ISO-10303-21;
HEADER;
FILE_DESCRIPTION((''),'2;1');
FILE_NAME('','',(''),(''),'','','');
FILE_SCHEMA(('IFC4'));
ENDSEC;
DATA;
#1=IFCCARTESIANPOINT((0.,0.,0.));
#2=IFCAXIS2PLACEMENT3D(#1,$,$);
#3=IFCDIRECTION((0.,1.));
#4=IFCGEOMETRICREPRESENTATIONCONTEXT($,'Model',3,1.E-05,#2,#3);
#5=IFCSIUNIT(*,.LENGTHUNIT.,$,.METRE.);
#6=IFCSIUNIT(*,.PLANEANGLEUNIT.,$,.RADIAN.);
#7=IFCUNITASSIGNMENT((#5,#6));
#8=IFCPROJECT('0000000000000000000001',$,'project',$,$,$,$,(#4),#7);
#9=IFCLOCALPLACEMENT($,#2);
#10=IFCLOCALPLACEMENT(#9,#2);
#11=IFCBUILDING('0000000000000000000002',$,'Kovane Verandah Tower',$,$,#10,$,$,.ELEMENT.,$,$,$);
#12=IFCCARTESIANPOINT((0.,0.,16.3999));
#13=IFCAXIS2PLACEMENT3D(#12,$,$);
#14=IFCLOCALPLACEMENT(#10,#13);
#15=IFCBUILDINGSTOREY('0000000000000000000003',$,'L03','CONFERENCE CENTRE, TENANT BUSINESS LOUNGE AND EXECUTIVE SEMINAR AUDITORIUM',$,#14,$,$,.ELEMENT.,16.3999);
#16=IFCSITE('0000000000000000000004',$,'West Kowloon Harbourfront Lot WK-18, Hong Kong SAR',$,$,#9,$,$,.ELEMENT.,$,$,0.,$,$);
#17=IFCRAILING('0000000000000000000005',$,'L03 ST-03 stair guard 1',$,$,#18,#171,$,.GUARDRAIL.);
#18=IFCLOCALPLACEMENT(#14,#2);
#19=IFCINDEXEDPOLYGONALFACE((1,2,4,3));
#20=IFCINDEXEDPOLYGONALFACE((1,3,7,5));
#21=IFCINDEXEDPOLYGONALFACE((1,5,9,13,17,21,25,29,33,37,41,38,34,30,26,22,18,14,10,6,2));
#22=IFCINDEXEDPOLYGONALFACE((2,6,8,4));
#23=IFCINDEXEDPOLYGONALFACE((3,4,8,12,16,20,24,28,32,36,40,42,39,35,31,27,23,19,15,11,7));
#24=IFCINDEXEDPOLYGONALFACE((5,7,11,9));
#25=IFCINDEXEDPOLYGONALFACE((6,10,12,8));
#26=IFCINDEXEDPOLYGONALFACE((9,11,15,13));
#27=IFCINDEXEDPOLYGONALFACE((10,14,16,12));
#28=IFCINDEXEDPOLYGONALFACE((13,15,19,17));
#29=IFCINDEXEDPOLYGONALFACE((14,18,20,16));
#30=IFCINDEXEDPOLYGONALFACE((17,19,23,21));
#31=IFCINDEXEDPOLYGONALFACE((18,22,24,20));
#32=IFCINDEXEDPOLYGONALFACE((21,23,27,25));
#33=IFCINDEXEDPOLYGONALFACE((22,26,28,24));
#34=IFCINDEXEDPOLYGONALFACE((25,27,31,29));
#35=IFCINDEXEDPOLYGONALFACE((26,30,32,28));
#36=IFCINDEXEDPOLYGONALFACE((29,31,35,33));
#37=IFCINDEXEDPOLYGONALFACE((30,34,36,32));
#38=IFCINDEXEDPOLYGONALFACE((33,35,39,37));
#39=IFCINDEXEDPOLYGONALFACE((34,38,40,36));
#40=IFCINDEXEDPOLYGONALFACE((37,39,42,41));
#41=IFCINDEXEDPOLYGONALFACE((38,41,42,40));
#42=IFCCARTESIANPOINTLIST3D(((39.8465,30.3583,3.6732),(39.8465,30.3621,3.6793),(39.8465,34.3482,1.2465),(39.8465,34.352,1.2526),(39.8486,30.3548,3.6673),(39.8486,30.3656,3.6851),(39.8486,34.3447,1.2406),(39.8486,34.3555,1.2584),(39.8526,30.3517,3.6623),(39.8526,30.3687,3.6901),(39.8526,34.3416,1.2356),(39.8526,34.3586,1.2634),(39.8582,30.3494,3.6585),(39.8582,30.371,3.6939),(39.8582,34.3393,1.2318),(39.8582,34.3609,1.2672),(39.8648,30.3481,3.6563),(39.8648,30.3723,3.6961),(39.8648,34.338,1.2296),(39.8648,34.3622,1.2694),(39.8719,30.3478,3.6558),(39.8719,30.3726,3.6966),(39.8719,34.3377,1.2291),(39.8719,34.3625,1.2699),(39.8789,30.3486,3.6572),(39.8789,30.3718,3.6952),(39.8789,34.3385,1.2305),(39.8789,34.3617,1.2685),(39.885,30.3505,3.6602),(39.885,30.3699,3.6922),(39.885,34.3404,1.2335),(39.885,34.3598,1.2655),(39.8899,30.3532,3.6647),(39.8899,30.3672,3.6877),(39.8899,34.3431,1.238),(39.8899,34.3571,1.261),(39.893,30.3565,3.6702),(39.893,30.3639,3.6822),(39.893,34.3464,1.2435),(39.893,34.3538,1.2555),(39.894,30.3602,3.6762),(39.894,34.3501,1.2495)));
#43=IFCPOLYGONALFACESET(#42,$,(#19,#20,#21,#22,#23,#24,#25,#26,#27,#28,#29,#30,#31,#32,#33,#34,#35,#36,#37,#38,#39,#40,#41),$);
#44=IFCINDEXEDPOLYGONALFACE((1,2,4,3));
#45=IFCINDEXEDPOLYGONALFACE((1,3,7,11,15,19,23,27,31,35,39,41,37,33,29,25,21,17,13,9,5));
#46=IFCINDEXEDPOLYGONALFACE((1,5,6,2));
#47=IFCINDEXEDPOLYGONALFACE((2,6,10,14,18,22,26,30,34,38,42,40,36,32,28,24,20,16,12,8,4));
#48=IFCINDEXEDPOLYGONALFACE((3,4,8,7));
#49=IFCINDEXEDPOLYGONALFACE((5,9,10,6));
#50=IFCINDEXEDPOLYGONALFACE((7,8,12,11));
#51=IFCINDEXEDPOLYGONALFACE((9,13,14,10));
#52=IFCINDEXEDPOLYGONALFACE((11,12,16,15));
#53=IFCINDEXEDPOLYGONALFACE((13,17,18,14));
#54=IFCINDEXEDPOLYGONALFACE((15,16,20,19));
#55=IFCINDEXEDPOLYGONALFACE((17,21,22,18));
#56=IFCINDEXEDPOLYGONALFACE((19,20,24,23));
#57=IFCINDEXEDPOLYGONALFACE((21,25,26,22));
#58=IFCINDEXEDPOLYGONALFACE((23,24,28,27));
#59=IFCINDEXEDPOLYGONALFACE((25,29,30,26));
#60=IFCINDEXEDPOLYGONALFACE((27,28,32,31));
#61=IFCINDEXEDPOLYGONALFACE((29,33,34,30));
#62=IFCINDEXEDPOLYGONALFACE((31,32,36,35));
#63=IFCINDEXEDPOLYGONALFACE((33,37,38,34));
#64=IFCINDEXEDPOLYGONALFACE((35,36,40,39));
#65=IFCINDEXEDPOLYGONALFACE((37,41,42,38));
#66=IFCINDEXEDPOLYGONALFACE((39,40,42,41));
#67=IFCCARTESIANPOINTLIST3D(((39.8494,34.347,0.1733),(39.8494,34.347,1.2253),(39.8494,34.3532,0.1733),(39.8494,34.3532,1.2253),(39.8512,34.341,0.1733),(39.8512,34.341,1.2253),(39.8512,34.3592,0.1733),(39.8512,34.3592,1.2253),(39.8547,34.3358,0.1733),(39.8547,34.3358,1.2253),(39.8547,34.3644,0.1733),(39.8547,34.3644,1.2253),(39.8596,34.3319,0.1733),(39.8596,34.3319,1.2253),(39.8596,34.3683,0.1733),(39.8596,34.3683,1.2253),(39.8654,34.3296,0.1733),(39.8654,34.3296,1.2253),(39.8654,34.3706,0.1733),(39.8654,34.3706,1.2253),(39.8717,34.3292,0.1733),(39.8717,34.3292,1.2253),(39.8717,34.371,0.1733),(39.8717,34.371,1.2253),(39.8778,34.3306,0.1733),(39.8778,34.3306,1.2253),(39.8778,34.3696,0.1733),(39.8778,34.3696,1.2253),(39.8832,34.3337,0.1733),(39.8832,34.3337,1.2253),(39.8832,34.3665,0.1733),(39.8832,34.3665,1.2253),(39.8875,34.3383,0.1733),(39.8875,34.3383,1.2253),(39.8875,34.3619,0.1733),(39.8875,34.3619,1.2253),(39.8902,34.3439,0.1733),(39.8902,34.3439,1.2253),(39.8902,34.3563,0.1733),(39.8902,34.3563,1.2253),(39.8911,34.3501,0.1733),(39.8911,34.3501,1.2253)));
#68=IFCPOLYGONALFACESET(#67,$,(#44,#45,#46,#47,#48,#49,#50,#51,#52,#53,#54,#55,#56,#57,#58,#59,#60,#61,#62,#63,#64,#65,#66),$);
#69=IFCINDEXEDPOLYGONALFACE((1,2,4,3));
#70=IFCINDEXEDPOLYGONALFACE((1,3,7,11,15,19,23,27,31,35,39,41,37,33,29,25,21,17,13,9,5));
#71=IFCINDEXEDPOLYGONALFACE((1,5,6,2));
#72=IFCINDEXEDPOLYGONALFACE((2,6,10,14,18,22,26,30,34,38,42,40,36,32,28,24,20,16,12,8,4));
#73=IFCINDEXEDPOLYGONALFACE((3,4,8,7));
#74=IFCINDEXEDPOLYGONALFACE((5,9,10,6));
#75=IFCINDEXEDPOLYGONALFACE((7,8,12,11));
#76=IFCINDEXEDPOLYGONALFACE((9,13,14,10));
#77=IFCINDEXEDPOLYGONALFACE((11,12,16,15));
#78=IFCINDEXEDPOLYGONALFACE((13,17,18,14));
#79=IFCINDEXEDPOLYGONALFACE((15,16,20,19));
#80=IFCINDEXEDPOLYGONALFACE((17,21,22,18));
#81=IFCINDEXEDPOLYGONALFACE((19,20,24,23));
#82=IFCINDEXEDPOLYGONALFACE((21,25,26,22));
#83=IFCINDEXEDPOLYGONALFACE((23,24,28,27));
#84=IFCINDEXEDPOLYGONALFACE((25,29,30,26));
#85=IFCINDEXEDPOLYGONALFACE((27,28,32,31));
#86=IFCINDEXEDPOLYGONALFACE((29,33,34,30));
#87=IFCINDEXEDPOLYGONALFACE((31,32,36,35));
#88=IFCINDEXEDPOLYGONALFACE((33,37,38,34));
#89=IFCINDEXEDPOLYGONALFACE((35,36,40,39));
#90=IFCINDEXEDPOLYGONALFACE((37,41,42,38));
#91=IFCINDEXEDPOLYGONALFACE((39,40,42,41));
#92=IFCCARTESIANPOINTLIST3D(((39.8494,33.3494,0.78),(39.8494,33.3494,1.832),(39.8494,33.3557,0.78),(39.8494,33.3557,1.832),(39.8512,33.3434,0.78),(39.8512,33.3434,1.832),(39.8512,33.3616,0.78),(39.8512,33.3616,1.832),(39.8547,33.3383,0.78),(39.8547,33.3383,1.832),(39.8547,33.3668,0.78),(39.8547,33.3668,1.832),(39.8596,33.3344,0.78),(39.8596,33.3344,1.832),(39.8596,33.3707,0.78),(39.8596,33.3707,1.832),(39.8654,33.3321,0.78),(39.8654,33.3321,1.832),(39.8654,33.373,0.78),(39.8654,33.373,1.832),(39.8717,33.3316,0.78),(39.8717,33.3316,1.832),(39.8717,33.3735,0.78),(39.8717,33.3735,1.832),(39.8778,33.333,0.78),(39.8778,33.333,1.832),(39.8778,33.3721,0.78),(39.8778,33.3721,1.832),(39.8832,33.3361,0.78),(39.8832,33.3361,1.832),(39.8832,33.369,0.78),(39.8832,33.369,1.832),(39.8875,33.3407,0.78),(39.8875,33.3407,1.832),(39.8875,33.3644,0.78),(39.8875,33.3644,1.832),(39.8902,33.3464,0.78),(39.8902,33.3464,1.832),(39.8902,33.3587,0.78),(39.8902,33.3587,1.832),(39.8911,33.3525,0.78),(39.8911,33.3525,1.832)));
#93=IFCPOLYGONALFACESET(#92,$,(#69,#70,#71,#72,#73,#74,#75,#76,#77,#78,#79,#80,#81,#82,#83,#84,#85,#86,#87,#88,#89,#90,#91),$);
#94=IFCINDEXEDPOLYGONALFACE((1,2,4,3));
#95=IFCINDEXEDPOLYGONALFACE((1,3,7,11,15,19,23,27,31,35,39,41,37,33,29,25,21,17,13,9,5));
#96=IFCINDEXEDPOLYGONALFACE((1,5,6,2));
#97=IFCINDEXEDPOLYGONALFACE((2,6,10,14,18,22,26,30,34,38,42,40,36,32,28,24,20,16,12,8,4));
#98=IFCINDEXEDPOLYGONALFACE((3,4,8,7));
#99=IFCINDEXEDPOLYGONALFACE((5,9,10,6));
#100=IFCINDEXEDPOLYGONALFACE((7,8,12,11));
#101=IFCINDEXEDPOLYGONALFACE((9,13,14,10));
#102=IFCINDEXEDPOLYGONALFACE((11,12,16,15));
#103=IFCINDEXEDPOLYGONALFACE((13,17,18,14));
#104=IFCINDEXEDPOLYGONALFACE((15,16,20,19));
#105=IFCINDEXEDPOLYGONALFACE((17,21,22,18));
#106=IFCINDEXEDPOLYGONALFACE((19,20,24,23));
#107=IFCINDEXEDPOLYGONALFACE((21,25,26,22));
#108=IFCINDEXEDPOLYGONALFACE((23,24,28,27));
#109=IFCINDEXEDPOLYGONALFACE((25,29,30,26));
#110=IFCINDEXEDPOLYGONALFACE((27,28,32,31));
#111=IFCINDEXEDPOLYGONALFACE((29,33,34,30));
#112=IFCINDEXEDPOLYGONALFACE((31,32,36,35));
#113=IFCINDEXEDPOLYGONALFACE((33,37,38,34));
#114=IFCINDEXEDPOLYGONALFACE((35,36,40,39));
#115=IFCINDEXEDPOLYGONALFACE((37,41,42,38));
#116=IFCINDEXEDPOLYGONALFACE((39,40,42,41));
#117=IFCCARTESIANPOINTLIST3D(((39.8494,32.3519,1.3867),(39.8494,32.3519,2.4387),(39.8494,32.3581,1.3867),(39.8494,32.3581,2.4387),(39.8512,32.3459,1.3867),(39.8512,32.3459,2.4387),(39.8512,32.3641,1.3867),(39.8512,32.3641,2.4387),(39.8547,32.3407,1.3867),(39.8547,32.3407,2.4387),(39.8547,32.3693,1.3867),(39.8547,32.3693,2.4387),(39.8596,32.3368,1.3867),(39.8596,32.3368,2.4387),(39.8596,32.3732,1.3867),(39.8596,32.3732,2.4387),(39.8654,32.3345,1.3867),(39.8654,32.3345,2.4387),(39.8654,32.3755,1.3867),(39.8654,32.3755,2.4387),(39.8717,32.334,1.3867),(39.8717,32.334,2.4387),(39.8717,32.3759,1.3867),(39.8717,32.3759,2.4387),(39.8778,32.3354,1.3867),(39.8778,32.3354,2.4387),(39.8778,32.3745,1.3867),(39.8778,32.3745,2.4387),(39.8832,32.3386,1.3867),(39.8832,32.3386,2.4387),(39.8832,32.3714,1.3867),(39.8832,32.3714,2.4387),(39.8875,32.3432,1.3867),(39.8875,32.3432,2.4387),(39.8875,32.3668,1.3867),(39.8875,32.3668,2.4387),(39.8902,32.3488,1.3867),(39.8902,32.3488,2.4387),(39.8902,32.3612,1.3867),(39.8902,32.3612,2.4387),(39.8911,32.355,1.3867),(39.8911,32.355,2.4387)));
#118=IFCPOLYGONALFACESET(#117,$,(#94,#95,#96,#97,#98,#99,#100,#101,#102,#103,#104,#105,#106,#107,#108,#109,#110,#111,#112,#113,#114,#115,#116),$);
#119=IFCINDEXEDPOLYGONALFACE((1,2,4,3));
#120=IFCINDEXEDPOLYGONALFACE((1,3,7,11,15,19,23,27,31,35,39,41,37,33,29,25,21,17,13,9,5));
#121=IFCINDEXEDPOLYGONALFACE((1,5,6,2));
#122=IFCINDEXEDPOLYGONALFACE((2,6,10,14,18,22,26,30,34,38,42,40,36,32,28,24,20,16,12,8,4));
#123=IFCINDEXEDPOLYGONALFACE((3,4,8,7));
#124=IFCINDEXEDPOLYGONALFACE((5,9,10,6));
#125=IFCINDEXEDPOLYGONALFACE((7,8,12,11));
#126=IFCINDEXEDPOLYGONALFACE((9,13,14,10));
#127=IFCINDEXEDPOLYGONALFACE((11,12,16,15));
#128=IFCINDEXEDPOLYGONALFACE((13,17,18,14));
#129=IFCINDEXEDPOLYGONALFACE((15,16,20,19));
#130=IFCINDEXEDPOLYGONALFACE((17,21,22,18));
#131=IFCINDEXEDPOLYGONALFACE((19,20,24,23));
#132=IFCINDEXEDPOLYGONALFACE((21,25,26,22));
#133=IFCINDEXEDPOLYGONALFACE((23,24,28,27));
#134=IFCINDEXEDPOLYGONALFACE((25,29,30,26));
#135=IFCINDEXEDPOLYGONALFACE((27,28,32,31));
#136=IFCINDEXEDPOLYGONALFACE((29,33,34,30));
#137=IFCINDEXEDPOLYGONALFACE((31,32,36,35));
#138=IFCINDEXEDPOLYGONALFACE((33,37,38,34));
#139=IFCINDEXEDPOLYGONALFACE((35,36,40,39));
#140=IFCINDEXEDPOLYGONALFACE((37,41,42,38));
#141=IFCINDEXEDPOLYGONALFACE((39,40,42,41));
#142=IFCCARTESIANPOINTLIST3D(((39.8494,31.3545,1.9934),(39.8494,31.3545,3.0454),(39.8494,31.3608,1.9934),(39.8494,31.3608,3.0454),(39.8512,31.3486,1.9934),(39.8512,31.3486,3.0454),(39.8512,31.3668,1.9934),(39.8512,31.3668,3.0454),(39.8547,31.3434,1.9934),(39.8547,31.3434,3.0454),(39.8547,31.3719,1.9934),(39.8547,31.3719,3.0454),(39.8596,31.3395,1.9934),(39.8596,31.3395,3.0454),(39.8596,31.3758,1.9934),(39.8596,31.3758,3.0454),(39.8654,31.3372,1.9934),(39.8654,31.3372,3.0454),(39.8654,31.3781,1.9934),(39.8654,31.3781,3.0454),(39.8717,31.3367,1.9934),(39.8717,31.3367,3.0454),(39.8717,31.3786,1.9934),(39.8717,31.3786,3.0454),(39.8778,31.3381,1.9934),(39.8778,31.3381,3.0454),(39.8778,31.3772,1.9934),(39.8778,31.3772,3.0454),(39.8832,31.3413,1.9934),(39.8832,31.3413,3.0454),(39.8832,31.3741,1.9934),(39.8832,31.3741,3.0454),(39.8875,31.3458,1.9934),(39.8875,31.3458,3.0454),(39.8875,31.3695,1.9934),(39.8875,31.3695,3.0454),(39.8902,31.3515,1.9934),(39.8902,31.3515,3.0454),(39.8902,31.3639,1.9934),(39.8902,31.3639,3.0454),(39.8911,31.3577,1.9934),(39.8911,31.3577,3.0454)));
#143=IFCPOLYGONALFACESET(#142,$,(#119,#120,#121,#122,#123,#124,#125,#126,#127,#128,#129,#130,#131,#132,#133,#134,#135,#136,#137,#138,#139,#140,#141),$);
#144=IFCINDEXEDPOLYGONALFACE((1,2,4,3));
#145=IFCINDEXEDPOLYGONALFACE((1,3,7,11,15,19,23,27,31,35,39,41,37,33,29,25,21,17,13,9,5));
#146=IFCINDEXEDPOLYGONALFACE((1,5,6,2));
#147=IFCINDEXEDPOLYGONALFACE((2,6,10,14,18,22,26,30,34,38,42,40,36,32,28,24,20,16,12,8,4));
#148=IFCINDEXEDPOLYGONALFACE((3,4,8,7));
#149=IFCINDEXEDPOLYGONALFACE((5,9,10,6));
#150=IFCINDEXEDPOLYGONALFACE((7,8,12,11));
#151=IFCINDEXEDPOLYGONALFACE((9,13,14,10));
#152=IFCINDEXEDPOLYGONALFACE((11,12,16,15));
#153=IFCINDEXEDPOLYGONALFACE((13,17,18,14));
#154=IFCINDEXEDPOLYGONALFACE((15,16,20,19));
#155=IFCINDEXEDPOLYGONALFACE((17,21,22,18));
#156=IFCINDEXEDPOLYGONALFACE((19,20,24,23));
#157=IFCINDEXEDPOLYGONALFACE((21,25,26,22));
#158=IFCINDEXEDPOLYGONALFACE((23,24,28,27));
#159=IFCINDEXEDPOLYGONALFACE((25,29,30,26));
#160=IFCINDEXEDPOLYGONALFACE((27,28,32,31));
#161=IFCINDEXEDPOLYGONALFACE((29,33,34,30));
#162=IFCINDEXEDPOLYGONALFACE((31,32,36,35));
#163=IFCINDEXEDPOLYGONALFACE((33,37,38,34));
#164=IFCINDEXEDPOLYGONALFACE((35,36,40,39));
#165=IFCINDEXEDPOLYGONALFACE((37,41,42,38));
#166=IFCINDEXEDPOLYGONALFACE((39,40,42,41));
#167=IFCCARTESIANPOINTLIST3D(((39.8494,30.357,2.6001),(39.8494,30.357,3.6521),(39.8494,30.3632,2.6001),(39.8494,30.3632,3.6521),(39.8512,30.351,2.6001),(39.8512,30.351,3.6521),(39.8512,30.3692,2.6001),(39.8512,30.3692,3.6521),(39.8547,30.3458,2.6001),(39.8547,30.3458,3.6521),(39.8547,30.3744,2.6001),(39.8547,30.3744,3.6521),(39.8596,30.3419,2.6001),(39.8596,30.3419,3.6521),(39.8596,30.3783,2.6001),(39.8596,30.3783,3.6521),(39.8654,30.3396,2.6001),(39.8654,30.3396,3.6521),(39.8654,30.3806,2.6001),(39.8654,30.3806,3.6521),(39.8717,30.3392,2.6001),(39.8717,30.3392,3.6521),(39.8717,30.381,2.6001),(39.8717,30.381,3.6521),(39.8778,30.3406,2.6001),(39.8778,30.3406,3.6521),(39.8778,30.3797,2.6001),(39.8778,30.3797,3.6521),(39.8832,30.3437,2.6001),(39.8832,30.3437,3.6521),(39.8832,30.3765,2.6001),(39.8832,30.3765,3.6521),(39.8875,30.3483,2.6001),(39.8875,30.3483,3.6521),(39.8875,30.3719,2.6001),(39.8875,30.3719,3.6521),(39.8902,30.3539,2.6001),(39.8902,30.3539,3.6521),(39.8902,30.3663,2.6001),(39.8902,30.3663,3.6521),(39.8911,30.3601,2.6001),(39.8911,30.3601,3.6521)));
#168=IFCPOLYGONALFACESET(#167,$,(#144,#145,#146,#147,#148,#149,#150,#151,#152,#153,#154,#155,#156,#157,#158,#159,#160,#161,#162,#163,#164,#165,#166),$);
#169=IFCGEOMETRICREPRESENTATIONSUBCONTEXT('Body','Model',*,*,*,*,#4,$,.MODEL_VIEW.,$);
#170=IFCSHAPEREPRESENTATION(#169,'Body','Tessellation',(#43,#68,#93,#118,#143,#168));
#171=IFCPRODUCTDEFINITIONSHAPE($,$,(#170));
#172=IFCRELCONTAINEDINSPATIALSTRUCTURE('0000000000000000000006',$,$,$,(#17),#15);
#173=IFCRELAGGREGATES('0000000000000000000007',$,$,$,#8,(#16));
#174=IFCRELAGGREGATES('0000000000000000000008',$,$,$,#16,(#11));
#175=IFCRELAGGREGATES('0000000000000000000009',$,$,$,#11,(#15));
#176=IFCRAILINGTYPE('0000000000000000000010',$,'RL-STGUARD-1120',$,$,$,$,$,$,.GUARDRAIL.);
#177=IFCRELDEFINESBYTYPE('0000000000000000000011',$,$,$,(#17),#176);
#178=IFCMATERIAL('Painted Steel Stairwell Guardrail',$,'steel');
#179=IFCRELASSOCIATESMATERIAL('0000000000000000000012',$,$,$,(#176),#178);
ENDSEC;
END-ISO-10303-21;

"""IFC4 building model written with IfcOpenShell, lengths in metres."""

from ifc_helpers import new_model, si_unit, direction, frame, origin, origin_2d, place, context, subcontext, project, spatial, circle, extrude, material, type_object, element, save


model = new_model("IFC4")

# Units and contexts
model_context = context("Model", 3, precision=1e-05, world=origin(), true_north=direction((0.0, 1.0)))
body_context = subcontext(model_context, "Body", "Model", "MODEL_VIEW")
ifc_project = project(units=[si_unit("LENGTHUNIT", "METRE"), si_unit("PLANEANGLEUNIT", "RADIAN")], contexts=[model_context])

# Site, building, storey
site_placement = place(None, origin())
site = spatial("IfcSite", under=ifc_project, at=site_placement, Name="West Kowloon Harbourfront Lot WK-18, Hong Kong SAR", CompositionType="ELEMENT", RefElevation=0.0)
building_placement = place(site_placement, origin())
building = spatial("IfcBuilding", under=site, at=building_placement, Name="Kovane Verandah Tower", CompositionType="ELEMENT")
storey_placement = place(building_placement, frame((0.0, 0.0, 16.3999)))
storey = spatial("IfcBuildingStorey", under=building, at=storey_placement, Name="L03", Description="CONFERENCE CENTRE, TENANT BUSINESS LOUNGE AND EXECUTIVE SEMINAR AUDITORIUM", CompositionType="ELEMENT", Elevation=16.3999)

# Railing
ifc_material_1 = material(Name="Painted Steel Stairwell Guardrail", Category="steel")
railing_type_1 = type_object("IfcRailingType", Name="RL-STGUARD-1120", PredefinedType="GUARDRAIL", material=ifc_material_1)
for number, where, name in (
    (1, (39.8701, 34.3501, 0.1733), "L03 ST-03 stair guard 1"),
):
    element("IfcRailing", number, at=place(storey_placement, frame(where)), inside=storey, type_object=railing_type_1, Name=name, PredefinedType="GUARDRAIL", context=body_context, shape_type="SweptSolid", body=[
        extrude(circle(Radius=0.0239, at=origin_2d()), frame((0.0, 0.0, 1.0762), z_axis=(0.0, -0.854382, 0.519645), x_axis=(1.0, 0.0, 0.0)), (0.0, 0.0, 1.0), 4.6699),
        extrude(circle(Radius=0.021, at=origin_2d()), origin(), (0.0, 0.0, 1.0), 1.052),
        extrude(circle(Radius=0.021, at=origin_2d()), frame((0.0, -0.9976, 0.6067)), (0.0, 0.0, 1.0), 1.052),
        extrude(circle(Radius=0.021, at=origin_2d()), frame((0.0, -1.9951, 1.2134)), (0.0, 0.0, 1.0), 1.052),
        extrude(circle(Radius=0.021, at=origin_2d()), frame((0.0, -2.9924, 1.8201)), (0.0, 0.0, 1.0), 1.052),
        extrude(circle(Radius=0.021, at=origin_2d()), frame((0.0, -3.99, 2.4268)), (0.0, 0.0, 1.0), 1.052),
    ])

save(model, "model.ifc")
